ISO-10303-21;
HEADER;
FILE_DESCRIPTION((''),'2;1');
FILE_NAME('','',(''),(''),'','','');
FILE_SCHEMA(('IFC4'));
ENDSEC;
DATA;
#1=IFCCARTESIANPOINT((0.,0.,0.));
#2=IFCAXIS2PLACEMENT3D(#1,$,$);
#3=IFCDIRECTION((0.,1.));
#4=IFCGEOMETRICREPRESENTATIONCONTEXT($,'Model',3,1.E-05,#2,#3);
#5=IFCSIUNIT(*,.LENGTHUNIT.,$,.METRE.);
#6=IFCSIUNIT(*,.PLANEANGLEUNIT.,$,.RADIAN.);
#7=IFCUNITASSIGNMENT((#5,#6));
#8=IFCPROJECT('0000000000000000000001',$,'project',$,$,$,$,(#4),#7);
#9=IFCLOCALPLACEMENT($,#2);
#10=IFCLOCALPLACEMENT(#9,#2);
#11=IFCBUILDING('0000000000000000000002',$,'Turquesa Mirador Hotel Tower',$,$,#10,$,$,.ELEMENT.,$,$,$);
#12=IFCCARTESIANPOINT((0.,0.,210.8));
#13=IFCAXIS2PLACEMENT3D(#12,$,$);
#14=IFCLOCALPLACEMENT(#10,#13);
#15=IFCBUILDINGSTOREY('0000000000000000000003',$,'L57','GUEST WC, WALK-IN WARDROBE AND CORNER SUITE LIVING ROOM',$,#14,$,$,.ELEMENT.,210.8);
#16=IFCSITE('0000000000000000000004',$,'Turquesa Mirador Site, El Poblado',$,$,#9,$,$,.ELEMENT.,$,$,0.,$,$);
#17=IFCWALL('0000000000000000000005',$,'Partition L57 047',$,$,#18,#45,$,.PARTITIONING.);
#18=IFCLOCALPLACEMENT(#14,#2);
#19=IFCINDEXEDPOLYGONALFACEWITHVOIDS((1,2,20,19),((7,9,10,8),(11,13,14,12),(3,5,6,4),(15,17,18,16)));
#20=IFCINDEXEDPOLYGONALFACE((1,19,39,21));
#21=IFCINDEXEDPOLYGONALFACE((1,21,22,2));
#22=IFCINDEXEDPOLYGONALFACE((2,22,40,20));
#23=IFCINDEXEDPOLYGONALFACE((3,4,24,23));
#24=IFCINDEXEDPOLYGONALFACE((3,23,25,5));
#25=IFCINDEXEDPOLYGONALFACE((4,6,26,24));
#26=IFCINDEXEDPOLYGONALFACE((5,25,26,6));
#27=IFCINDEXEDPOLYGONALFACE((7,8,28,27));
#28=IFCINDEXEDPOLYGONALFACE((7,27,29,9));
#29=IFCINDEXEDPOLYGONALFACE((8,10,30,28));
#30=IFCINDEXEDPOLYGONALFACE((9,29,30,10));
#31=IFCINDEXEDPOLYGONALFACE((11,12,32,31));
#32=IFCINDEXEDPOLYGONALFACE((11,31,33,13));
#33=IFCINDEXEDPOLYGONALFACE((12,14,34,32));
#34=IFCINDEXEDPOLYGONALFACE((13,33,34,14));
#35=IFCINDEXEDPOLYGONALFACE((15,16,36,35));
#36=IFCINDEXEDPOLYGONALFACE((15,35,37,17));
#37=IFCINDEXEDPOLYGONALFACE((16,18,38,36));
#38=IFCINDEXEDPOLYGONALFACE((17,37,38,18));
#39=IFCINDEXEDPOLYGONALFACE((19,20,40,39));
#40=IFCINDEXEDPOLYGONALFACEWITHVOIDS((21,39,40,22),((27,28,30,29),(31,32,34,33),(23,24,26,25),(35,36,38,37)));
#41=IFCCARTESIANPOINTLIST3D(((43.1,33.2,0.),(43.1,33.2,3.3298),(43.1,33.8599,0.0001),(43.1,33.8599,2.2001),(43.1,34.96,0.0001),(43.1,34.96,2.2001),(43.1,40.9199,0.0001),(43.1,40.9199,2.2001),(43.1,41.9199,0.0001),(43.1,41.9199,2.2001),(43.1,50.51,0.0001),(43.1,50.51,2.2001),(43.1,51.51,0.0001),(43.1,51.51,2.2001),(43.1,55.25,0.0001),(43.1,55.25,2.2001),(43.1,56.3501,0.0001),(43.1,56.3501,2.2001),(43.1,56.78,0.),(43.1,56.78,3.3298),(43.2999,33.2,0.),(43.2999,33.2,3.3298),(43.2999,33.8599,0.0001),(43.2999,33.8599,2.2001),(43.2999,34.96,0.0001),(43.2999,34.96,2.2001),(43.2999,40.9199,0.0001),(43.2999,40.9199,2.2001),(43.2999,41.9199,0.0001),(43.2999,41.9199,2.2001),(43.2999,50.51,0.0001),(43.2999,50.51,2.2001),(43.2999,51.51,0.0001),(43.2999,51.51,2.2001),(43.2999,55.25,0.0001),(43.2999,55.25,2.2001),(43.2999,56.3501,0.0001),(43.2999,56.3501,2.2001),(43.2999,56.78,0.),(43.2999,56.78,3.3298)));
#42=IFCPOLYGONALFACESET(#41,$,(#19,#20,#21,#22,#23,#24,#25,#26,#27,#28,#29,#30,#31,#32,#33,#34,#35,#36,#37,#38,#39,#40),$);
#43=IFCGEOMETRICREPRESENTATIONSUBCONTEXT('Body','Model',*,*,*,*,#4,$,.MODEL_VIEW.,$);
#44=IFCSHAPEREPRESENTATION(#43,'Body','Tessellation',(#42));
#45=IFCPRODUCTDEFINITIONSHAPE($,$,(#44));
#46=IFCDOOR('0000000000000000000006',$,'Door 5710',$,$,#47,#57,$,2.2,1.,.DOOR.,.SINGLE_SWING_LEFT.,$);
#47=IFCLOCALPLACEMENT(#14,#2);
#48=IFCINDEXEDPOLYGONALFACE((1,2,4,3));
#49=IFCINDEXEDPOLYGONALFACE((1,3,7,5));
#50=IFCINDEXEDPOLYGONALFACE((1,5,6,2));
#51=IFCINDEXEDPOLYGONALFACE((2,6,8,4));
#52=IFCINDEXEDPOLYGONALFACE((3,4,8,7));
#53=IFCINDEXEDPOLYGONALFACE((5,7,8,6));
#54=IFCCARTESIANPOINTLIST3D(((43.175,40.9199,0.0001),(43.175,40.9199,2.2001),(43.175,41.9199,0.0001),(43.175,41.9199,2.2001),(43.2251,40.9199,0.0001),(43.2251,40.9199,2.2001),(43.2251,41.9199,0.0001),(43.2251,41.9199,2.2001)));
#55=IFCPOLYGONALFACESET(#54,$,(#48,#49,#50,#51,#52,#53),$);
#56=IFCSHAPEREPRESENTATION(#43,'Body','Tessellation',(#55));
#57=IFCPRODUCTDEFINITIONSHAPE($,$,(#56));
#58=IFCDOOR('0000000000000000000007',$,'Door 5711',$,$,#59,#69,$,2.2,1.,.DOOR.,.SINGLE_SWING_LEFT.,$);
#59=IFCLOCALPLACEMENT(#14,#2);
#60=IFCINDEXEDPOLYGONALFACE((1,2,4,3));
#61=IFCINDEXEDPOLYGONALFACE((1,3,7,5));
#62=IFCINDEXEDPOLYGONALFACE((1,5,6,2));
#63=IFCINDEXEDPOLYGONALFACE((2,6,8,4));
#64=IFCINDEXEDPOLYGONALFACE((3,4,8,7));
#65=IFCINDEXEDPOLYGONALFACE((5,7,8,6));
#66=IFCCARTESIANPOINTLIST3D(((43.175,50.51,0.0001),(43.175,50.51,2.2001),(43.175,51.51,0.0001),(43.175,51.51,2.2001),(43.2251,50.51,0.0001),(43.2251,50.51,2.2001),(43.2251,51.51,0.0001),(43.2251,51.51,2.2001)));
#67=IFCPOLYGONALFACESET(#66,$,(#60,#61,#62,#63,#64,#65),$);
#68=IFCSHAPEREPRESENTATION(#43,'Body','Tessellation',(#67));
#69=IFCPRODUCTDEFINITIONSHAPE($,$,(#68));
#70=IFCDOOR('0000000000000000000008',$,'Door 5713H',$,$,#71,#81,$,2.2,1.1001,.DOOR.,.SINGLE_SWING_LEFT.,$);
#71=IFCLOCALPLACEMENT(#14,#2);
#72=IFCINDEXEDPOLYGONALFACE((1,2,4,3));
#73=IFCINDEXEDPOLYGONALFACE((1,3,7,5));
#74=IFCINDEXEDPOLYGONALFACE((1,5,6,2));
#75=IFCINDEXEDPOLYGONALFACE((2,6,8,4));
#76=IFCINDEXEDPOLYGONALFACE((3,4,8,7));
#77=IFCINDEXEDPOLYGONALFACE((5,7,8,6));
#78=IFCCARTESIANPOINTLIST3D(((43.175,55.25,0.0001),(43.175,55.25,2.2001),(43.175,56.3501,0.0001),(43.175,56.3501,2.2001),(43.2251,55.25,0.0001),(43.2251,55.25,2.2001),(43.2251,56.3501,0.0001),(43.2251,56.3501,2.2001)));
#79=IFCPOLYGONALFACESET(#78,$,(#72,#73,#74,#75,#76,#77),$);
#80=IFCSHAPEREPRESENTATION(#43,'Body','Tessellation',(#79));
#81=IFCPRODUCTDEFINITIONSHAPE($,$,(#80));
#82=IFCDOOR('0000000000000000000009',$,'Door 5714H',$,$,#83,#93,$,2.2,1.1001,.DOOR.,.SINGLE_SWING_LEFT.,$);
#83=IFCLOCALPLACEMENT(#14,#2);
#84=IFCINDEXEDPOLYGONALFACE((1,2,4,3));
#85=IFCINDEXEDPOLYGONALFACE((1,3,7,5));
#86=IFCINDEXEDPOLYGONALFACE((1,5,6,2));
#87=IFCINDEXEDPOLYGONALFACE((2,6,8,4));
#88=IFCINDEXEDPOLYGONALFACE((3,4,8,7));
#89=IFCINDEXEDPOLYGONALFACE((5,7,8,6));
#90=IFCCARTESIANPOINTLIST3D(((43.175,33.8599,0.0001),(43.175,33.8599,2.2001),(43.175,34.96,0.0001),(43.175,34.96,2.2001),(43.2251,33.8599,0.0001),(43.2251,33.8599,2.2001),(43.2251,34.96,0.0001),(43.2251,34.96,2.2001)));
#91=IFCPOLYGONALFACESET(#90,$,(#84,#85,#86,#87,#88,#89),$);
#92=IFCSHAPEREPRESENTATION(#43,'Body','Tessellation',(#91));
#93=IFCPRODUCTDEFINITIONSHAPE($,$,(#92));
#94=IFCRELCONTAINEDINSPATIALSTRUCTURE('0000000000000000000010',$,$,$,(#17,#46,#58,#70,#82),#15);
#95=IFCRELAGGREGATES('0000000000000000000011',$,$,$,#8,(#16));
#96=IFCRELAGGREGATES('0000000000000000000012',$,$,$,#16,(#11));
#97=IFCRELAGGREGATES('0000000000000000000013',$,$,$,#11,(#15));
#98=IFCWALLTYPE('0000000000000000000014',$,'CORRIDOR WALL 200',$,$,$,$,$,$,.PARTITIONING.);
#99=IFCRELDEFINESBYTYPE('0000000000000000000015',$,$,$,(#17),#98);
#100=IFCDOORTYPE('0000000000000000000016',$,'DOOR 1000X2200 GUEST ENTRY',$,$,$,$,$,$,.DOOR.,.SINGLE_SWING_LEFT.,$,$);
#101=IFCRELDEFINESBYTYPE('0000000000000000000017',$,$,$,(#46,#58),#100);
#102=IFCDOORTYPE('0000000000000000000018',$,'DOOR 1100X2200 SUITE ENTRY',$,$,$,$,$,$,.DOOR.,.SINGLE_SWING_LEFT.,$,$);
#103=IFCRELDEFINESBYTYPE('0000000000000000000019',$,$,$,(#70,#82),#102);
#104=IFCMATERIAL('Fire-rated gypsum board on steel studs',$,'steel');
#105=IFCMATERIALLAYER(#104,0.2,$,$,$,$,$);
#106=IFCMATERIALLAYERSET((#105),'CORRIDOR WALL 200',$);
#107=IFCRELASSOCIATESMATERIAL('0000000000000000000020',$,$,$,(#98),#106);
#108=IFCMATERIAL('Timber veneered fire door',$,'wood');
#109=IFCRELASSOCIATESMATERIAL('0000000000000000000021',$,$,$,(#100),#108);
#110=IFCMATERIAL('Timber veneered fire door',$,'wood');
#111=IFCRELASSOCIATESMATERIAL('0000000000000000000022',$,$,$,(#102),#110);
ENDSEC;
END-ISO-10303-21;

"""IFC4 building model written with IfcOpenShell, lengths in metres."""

from ifc_helpers import new_model, si_unit, direction, frame, frame_2d, origin, place, context, subcontext, project, spatial, rectangle, extrude, material, layer, layer_set, type_object, element, fill, save


model = new_model("IFC4")

# Units and contexts
model_context = context("Model", 3, precision=1e-05, world=origin(), true_north=direction((0.0, 1.0)))
body_context = subcontext(model_context, "Body", "Model", "MODEL_VIEW")
ifc_project = project(units=[si_unit("LENGTHUNIT", "METRE"), si_unit("PLANEANGLEUNIT", "RADIAN")], contexts=[model_context])

# Site, building, storey
site_placement = place(None, origin())
site = spatial("IfcSite", under=ifc_project, at=site_placement, Name="Turquesa Mirador Site, El Poblado", CompositionType="ELEMENT", RefElevation=0.0)
building_placement = place(site_placement, origin())
building = spatial("IfcBuilding", under=site, at=building_placement, Name="Turquesa Mirador Hotel Tower", CompositionType="ELEMENT")
storey_placement = place(building_placement, frame((0.0, 0.0, 210.8)))
storey = spatial("IfcBuildingStorey", under=building, at=storey_placement, Name="L57", Description="GUEST WC, WALK-IN WARDROBE AND CORNER SUITE LIVING ROOM", CompositionType="ELEMENT", Elevation=210.8)

# Wall, openings, doors
ifc_material_1 = material(Name="Fire-rated gypsum board on steel studs", Category="steel")
ifc_layer_1 = layer(ifc_material_1, 0.2)
ifc_layer_set_1 = layer_set([ifc_layer_1], Name="CORRIDOR WALL 200")
wall_type_1 = type_object("IfcWallType", Name="CORRIDOR WALL 200", PredefinedType="PARTITIONING", material=ifc_layer_set_1)
ifc_material_2 = material(Name="Timber veneered fire door", Category="wood")
door_type_1 = type_object("IfcDoorType", Name="DOOR 1000X2200 GUEST ENTRY", OperationType="SINGLE_SWING_LEFT", PredefinedType="DOOR", material=ifc_material_2)
ifc_material_3 = material(Name="Timber veneered fire door", Category="wood")
door_type_2 = type_object("IfcDoorType", Name="DOOR 1100X2200 SUITE ENTRY", OperationType="SINGLE_SWING_LEFT", PredefinedType="DOOR", material=ifc_material_3)
wall_1_placement = place(storey_placement, frame((43.2, 33.2, 0.0), z_axis=(0.0, 0.0, 1.0), x_axis=(0.0, 1.0, 0.0)))
wall_1 = element("IfcWall", 1, at=wall_1_placement, inside=storey, type_object=wall_type_1, Name="Partition L57 047", PredefinedType="PARTITIONING", context=body_context, shape_type="SweptSolid", body=[
    extrude(rectangle(XDim=23.5801, YDim=0.2, at=frame_2d((11.79, 0.0))), origin(), (0.0, 0.0, 1.0), 3.3298),
])
opening_1_placement = place(wall_1_placement, frame((7.72, 0.0, 0.0)))
opening_1 = element("IfcOpeningElement", 2, at=opening_1_placement, cuts=wall_1, PredefinedType="OPENING", context=body_context, shape_type="SweptSolid", body=[
    extrude(rectangle(XDim=1.0, YDim=2.2, at=frame_2d((0.5, 1.1001))), frame((0.0, 0.1099, 0.0), z_axis=(0.0, -1.0, 0.0), x_axis=(1.0, 0.0, 0.0)), (0.0, 0.0, 1.0), 0.22),
])
opening_2_placement = place(wall_1_placement, frame((17.3101, 0.0, 0.0)))
opening_2 = element("IfcOpeningElement", 3, at=opening_2_placement, cuts=wall_1, PredefinedType="OPENING", context=body_context, shape_type="SweptSolid", body=[
    extrude(rectangle(XDim=1.0, YDim=2.2, at=frame_2d((0.5, 1.1001))), frame((0.0, 0.1099, 0.0), z_axis=(0.0, -1.0, 0.0), x_axis=(1.0, 0.0, 0.0)), (0.0, 0.0, 1.0), 0.22),
])
opening_3_placement = place(wall_1_placement, frame((22.05, 0.0, 0.0)))
opening_3 = element("IfcOpeningElement", 4, at=opening_3_placement, cuts=wall_1, PredefinedType="OPENING", context=body_context, shape_type="SweptSolid", body=[
    extrude(rectangle(XDim=1.1001, YDim=2.2, at=frame_2d((0.55, 1.1001))), frame((0.0, 0.1099, 0.0), z_axis=(0.0, -1.0, 0.0), x_axis=(1.0, 0.0, 0.0)), (0.0, 0.0, 1.0), 0.22),
])
opening_4_placement = place(wall_1_placement, frame((0.6599, 0.0, 0.0)))
opening_4 = element("IfcOpeningElement", 5, at=opening_4_placement, cuts=wall_1, PredefinedType="OPENING", context=body_context, shape_type="SweptSolid", body=[
    extrude(rectangle(XDim=1.1001, YDim=2.2, at=frame_2d((0.55, 1.1001))), frame((0.0, 0.1099, 0.0), z_axis=(0.0, -1.0, 0.0), x_axis=(1.0, 0.0, 0.0)), (0.0, 0.0, 1.0), 0.22),
])
door_1_placement = place(opening_1_placement, origin())
door_1 = element("IfcDoor", 6, at=door_1_placement, inside=storey, type_object=door_type_1, Name="Door 5710", OperationType="SINGLE_SWING_LEFT", OverallHeight=2.2, OverallWidth=1.0, PredefinedType="DOOR", context=body_context, shape_type="SweptSolid", body=[
    extrude(rectangle(XDim=1.0, YDim=2.2, at=frame_2d((0.5, 1.1001))), frame((0.0, 0.0249, 0.0), z_axis=(0.0, -1.0, 0.0), x_axis=(1.0, 0.0, 0.0)), (0.0, 0.0, 1.0), 0.05),
])
fill(opening_1, door_1)
door_2_placement = place(opening_2_placement, origin())
door_2 = element("IfcDoor", 7, at=door_2_placement, inside=storey, type_object=door_type_1, Name="Door 5711", OperationType="SINGLE_SWING_LEFT", OverallHeight=2.2, OverallWidth=1.0, PredefinedType="DOOR", context=body_context, shape_type="SweptSolid", body=[
    extrude(rectangle(XDim=1.0, YDim=2.2, at=frame_2d((0.5, 1.1001))), frame((0.0, 0.0249, 0.0), z_axis=(0.0, -1.0, 0.0), x_axis=(1.0, 0.0, 0.0)), (0.0, 0.0, 1.0), 0.05),
])
fill(opening_2, door_2)
door_3_placement = place(opening_3_placement, origin())
door_3 = element("IfcDoor", 8, at=door_3_placement, inside=storey, type_object=door_type_2, Name="Door 5713H", OperationType="SINGLE_SWING_LEFT", OverallHeight=2.2, OverallWidth=1.1001, PredefinedType="DOOR", context=body_context, shape_type="SweptSolid", body=[
    extrude(rectangle(XDim=1.1001, YDim=2.2, at=frame_2d((0.55, 1.1001))), frame((0.0, 0.0249, 0.0), z_axis=(0.0, -1.0, 0.0), x_axis=(1.0, 0.0, 0.0)), (0.0, 0.0, 1.0), 0.05),
])
fill(opening_3, door_3)
door_4_placement = place(opening_4_placement, origin())
door_4 = element("IfcDoor", 9, at=door_4_placement, inside=storey, type_object=door_type_2, Name="Door 5714H", OperationType="SINGLE_SWING_LEFT", OverallHeight=2.2, OverallWidth=1.1001, PredefinedType="DOOR", context=body_context, shape_type="SweptSolid", body=[
    extrude(rectangle(XDim=1.1001, YDim=2.2, at=frame_2d((0.55, 1.1001))), frame((0.0, 0.0249, 0.0), z_axis=(0.0, -1.0, 0.0), x_axis=(1.0, 0.0, 0.0)), (0.0, 0.0, 1.0), 0.05),
])
fill(opening_4, door_4)

save(model, "model.ifc")
